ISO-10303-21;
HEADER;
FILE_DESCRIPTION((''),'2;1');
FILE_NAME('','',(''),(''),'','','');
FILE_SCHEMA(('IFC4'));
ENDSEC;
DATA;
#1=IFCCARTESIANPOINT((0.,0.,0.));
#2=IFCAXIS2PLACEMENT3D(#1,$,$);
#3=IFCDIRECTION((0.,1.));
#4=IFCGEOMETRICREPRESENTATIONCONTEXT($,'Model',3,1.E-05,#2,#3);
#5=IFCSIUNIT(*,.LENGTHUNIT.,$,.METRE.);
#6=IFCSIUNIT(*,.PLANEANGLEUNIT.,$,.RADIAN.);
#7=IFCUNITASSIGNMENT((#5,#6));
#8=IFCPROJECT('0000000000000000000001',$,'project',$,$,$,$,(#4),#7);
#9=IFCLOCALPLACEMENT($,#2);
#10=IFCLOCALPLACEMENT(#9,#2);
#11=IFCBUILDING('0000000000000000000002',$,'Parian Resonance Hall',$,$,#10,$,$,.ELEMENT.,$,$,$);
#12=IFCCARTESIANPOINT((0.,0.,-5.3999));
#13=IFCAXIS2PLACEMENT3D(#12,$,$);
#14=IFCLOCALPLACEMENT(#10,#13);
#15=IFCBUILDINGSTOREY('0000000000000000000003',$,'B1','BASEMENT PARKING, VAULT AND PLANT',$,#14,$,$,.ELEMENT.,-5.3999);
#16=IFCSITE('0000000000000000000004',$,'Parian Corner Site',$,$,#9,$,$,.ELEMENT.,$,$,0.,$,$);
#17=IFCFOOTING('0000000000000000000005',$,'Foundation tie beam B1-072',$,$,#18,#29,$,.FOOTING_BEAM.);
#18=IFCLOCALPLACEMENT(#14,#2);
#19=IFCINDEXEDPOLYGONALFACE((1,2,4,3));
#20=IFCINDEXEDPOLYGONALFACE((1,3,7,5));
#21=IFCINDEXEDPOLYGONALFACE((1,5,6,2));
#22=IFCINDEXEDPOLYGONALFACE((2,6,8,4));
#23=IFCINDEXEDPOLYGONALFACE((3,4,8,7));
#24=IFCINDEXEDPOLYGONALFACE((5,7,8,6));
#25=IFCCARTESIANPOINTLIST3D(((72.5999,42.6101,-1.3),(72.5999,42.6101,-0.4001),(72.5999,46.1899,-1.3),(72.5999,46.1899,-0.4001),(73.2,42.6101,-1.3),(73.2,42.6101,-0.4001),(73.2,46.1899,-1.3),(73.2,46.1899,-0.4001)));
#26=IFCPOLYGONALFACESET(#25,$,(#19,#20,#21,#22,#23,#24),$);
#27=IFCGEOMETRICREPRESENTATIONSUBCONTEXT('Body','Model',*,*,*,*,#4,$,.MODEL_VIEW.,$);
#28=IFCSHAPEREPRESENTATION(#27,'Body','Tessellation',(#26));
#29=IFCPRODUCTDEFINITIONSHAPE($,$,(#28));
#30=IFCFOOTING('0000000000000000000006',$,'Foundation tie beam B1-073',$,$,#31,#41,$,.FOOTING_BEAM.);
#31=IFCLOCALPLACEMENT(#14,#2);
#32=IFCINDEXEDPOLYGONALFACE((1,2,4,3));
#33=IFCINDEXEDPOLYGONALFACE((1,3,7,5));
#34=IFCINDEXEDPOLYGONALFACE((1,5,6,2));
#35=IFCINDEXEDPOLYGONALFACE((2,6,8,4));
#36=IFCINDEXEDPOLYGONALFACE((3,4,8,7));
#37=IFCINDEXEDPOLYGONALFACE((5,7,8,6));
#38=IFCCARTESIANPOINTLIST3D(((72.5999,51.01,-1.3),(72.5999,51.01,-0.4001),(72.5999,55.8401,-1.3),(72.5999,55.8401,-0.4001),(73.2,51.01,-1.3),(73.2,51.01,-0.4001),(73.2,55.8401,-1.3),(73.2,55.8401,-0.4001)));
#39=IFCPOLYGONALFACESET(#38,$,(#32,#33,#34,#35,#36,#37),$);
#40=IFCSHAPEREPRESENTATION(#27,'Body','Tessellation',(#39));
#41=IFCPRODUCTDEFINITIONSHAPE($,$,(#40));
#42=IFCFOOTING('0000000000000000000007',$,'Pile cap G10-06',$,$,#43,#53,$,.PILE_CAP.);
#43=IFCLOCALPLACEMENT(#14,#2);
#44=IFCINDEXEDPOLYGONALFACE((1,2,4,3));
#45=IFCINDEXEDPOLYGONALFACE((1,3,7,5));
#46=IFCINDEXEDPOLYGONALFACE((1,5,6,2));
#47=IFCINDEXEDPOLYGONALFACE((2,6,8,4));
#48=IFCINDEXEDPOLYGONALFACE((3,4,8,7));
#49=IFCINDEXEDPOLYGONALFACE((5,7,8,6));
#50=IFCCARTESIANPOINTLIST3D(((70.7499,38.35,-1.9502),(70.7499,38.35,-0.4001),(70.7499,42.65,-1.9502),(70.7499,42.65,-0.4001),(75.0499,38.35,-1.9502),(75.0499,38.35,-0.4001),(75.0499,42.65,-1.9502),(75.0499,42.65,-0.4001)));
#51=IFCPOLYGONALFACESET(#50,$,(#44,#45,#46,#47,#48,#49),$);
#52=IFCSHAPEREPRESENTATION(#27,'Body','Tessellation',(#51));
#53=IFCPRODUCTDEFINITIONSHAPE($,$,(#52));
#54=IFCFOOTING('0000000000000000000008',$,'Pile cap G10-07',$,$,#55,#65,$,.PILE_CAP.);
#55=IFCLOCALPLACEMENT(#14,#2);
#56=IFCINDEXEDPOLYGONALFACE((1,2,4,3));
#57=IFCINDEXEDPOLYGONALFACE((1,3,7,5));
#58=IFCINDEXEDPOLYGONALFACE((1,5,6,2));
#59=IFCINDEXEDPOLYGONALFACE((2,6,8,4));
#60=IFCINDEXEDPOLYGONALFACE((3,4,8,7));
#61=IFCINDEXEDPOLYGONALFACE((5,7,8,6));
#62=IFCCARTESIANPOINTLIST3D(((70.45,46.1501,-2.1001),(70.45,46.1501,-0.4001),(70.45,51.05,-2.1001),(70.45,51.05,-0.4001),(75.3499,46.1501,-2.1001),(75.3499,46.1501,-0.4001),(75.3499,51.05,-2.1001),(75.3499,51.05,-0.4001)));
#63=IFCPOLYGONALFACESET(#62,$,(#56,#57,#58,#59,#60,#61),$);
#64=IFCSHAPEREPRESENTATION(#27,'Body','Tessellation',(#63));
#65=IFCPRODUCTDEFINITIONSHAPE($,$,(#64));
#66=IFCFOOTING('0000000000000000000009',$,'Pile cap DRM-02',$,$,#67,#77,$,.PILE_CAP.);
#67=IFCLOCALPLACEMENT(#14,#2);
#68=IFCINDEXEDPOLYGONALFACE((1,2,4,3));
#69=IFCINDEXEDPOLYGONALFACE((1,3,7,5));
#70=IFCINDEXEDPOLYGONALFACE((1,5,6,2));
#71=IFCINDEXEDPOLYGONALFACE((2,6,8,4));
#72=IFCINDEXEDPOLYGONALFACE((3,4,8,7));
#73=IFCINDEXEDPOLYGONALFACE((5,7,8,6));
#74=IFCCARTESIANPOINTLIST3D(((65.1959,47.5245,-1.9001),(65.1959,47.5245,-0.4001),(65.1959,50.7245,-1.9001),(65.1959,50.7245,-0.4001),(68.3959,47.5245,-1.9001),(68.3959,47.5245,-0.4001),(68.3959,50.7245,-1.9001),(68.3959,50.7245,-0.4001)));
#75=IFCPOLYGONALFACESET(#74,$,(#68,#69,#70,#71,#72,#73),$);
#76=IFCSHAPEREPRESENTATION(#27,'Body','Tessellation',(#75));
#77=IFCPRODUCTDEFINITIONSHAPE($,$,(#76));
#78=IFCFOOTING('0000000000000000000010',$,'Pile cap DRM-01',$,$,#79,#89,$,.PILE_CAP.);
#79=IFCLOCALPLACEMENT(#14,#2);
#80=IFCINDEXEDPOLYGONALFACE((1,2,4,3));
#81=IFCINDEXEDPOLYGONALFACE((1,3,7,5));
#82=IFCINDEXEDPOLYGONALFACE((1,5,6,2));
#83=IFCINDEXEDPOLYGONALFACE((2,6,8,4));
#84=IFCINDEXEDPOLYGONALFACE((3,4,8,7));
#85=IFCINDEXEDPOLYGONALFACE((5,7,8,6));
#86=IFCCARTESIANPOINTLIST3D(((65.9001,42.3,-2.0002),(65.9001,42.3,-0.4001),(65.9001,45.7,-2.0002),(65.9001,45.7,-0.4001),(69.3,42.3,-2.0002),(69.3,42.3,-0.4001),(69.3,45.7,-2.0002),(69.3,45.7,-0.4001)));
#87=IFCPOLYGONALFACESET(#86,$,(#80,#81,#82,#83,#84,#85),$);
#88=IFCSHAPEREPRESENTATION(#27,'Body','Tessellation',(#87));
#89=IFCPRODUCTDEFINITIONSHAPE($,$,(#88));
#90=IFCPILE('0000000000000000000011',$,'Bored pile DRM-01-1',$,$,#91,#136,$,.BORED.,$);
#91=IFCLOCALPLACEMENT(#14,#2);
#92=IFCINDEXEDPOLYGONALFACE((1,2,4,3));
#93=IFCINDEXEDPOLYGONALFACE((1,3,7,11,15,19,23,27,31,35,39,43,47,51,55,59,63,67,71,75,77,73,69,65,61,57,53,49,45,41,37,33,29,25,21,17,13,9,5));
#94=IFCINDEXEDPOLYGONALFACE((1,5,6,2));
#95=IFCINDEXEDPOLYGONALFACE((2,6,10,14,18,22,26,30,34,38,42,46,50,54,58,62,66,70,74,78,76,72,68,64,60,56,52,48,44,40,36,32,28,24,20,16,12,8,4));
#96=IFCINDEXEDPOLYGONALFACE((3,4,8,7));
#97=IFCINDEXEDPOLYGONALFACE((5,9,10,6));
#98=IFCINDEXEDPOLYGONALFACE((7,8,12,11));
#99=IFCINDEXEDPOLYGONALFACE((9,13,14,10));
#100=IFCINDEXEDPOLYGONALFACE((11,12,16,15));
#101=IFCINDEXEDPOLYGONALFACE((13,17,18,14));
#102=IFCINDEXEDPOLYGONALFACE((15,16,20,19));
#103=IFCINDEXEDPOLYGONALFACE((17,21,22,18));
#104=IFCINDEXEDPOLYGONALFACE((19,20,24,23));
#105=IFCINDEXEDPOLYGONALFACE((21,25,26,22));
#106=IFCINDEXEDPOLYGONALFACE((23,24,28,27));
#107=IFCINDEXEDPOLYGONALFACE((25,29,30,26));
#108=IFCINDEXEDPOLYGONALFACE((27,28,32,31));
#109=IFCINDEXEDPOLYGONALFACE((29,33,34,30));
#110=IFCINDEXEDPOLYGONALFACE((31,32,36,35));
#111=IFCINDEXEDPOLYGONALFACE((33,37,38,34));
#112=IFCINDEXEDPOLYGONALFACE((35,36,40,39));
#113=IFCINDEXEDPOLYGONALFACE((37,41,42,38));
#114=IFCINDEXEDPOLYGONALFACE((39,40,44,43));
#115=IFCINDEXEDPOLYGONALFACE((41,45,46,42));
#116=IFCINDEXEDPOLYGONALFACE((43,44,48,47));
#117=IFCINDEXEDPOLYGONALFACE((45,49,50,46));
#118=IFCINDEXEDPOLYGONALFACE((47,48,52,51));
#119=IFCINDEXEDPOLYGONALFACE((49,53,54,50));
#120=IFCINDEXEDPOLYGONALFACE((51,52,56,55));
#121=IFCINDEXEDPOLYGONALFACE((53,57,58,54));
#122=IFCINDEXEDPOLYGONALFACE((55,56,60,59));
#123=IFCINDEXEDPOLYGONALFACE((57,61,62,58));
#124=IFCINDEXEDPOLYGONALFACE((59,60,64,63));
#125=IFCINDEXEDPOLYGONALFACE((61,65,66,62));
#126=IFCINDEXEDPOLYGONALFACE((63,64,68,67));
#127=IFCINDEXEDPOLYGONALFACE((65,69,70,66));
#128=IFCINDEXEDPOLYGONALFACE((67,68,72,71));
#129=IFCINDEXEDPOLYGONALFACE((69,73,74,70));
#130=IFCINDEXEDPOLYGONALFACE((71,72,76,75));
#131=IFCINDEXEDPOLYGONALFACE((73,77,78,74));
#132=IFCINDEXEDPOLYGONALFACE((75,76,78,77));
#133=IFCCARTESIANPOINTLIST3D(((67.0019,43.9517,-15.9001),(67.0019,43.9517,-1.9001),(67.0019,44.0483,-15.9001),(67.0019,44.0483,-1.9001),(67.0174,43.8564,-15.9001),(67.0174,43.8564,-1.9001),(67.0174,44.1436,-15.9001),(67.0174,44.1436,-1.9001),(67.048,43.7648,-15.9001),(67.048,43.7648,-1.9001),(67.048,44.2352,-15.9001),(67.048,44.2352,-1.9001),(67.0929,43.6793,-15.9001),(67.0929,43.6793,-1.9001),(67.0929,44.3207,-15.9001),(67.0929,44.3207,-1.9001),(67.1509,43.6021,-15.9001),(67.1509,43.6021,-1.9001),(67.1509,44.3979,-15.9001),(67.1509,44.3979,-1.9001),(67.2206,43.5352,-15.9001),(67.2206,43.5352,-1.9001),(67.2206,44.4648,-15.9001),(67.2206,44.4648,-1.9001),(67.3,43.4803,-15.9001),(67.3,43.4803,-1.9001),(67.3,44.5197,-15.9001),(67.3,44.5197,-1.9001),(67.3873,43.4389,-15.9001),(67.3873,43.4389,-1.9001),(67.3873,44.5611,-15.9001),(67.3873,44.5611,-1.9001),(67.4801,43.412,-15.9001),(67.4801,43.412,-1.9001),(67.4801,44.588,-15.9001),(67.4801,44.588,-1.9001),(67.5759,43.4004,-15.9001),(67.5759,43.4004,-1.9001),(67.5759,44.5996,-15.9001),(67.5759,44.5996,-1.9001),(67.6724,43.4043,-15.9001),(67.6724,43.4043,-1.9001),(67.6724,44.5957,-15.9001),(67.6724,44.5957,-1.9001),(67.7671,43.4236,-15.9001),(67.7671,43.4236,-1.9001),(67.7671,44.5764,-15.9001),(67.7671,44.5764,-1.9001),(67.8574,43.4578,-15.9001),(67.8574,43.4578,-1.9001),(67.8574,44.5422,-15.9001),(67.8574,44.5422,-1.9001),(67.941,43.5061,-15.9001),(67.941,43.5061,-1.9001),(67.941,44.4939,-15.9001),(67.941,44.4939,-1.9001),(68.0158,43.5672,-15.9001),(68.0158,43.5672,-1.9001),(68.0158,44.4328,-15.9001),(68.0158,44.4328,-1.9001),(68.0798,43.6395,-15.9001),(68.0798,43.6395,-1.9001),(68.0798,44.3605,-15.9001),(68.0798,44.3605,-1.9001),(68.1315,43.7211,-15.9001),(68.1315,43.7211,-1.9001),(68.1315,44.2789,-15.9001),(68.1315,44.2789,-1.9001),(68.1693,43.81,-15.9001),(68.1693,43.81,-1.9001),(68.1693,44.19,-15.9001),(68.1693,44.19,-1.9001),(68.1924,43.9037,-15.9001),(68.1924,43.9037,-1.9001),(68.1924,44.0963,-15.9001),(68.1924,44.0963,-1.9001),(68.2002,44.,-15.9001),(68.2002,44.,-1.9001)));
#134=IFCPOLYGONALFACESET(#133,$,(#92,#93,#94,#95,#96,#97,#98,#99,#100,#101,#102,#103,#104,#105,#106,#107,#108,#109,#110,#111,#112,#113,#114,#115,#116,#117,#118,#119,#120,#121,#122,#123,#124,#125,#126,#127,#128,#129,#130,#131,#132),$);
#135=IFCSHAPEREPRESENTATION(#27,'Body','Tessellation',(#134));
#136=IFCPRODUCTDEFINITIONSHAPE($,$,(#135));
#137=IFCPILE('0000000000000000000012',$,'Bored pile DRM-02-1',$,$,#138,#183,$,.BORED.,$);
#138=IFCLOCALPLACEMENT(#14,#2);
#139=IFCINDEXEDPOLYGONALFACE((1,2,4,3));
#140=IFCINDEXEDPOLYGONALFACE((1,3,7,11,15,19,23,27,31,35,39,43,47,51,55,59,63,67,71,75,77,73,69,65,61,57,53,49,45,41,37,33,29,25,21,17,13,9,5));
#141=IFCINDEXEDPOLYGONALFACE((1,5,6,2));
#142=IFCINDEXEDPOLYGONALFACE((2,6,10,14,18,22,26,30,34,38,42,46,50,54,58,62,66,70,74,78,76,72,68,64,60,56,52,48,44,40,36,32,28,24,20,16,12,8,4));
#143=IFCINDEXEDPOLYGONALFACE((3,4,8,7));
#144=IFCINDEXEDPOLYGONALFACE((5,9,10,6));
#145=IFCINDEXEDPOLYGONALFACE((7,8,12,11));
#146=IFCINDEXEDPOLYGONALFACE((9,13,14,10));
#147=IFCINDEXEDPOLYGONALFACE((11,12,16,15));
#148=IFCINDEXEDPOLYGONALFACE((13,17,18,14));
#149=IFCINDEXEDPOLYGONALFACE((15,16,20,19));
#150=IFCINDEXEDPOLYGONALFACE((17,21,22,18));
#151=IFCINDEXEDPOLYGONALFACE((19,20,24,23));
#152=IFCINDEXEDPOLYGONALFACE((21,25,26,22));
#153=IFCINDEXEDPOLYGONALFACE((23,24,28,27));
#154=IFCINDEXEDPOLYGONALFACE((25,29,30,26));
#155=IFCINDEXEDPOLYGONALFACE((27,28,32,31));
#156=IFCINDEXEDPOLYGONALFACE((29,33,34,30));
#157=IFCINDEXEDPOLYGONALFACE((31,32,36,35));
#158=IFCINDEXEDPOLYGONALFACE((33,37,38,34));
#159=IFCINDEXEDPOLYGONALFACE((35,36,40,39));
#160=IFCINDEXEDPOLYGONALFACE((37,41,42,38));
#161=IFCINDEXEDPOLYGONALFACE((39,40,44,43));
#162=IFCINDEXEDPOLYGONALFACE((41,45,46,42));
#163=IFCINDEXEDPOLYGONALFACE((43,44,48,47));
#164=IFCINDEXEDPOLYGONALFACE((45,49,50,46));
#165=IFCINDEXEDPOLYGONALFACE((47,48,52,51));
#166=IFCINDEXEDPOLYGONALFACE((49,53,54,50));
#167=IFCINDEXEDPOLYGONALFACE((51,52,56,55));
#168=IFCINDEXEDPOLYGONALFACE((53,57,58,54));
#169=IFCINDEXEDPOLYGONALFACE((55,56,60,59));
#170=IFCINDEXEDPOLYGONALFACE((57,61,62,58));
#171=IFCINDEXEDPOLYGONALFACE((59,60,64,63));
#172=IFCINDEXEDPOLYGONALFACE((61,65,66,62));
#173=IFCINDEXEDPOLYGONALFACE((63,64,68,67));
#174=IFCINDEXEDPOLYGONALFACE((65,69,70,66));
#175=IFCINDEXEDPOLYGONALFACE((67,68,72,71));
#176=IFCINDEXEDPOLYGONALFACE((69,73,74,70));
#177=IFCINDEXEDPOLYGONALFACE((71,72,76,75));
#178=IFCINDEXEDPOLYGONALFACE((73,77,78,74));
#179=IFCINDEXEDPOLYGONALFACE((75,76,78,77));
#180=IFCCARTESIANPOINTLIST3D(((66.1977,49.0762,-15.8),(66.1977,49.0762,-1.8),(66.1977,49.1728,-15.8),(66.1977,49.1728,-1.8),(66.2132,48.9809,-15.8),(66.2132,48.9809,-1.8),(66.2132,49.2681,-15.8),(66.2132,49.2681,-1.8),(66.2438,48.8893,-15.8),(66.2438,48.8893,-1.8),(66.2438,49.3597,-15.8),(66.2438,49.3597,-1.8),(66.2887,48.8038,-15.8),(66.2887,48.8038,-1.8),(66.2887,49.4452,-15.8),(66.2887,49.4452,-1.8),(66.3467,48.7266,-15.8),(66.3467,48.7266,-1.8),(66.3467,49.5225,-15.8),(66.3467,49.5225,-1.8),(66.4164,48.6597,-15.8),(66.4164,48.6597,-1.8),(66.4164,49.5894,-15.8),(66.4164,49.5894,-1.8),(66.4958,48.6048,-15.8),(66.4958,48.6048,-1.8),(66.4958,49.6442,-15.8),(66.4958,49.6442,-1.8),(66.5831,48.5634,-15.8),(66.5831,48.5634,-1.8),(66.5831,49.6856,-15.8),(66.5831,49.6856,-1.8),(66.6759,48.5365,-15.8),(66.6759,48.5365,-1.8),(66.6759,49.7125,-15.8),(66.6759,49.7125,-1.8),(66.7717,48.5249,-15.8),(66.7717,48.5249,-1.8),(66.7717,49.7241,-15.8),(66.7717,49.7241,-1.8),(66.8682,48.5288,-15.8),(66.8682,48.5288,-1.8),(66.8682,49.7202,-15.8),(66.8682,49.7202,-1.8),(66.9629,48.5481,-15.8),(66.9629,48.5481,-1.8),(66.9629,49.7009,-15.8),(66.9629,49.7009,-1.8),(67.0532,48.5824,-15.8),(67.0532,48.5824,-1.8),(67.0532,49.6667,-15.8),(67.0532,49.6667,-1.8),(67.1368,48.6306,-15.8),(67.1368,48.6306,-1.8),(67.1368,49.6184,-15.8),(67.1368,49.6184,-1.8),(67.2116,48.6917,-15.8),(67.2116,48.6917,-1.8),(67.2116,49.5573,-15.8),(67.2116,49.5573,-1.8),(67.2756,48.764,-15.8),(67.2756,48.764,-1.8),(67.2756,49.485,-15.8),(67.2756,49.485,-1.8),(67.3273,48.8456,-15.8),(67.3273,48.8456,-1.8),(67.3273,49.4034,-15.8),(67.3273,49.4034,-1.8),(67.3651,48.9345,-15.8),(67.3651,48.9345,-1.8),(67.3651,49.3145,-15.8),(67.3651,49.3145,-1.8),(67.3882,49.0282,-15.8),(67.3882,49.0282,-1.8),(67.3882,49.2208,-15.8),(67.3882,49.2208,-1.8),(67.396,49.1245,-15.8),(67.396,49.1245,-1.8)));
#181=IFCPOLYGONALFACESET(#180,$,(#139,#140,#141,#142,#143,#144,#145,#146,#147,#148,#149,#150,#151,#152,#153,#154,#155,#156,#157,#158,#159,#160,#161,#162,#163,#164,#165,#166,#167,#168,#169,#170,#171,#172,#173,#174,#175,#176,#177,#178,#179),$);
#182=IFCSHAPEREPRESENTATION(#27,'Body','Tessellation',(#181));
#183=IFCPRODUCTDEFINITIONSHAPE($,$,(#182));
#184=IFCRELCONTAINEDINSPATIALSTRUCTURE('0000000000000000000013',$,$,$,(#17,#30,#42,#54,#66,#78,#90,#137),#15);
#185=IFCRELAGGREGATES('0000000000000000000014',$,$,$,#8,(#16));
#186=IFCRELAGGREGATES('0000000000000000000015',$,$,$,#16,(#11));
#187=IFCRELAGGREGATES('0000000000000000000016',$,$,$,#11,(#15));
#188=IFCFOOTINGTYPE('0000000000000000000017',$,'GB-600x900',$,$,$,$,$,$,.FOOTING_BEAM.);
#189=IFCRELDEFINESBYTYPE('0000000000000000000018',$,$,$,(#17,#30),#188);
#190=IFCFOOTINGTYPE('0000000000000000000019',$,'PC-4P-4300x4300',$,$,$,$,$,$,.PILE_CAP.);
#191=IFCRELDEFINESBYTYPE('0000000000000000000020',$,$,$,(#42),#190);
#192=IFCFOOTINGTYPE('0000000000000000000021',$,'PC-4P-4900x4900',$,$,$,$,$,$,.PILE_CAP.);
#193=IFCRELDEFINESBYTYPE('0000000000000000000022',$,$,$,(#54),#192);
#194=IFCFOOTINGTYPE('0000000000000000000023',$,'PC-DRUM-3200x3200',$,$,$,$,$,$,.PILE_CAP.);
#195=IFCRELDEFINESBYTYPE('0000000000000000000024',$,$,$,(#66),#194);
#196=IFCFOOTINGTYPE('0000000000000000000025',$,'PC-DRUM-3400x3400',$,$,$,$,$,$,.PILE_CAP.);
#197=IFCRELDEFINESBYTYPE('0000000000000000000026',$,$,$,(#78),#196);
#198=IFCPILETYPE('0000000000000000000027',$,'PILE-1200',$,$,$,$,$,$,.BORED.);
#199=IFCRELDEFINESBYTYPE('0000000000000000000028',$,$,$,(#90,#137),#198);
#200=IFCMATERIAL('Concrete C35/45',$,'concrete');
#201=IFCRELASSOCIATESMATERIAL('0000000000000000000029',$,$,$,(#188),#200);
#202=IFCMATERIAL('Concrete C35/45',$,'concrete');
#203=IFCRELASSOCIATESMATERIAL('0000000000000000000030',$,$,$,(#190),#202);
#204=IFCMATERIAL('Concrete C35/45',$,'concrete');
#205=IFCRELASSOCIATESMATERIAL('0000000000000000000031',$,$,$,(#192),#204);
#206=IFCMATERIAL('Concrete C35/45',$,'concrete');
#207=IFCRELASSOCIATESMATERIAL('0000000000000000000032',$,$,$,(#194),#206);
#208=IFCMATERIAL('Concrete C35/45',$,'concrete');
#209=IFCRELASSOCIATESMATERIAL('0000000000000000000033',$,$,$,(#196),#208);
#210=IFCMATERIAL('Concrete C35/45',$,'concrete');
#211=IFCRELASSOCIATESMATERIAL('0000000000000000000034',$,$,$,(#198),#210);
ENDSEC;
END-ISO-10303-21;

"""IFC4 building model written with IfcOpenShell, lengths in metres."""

from ifc_helpers import new_model, si_unit, direction, frame, origin, origin_2d, place, context, subcontext, project, spatial, rectangle, circle, extrude, material, material_profile, profile_set, type_object, element, save


model = new_model("IFC4")

# Units and contexts
model_context = context("Model", 3, precision=1e-05, world=origin(), true_north=direction((0.0, 1.0)))
body_context = subcontext(model_context, "Body", "Model", "MODEL_VIEW")
ifc_project = project(units=[si_unit("LENGTHUNIT", "METRE"), si_unit("PLANEANGLEUNIT", "RADIAN")], contexts=[model_context])

# Site, building, storey
site_placement = place(None, origin())
site = spatial("IfcSite", under=ifc_project, at=site_placement, Name="Parian Corner Site", CompositionType="ELEMENT", RefElevation=0.0)
building_placement = place(site_placement, origin())
building = spatial("IfcBuilding", under=site, at=building_placement, Name="Parian Resonance Hall", CompositionType="ELEMENT")
storey_placement = place(building_placement, frame((0.0, 0.0, -5.3999)))
storey = spatial("IfcBuildingStorey", under=building, at=storey_placement, Name="B1", Description="BASEMENT PARKING, VAULT AND PLANT", CompositionType="ELEMENT", Elevation=-5.3999)

# Footings
ifc_material_1 = material(Name="Concrete C35/45", Category="concrete")
ifc_material_profile_1 = material_profile(ifc_material_1, rectangle(XDim=0.6001, YDim=0.8999, at=origin_2d()), Name="RC-GB-600x900")
ifc_profile_set_1 = profile_set([ifc_material_profile_1], Name="Concrete C35/45")
footing_type_1 = type_object("IfcFootingType", Name="GB-600x900", PredefinedType="FOOTING_BEAM", material=ifc_profile_set_1)
footing_1_placement = place(storey_placement, frame((72.8999, 42.6101, -0.8501), z_axis=(0.0, 1.0, 0.0), x_axis=(-1.0, 0.0, 0.0)))
element("IfcFooting", 1, at=footing_1_placement, inside=storey, type_object=footing_type_1, Name="Foundation tie beam B1-072", PredefinedType="FOOTING_BEAM", context=body_context, shape_type="SweptSolid", body=[
    extrude(rectangle(XDim=0.6001, YDim=0.8999, at=origin_2d()), origin(), (0.0, 0.0, 1.0), 3.5798),
])
footing_2_placement = place(storey_placement, frame((72.8999, 51.01, -0.8501), z_axis=(0.0, 1.0, 0.0), x_axis=(-1.0, 0.0, 0.0)))
element("IfcFooting", 2, at=footing_2_placement, inside=storey, type_object=footing_type_1, Name="Foundation tie beam B1-073", PredefinedType="FOOTING_BEAM", context=body_context, shape_type="SweptSolid", body=[
    extrude(rectangle(XDim=0.6001, YDim=0.8999, at=origin_2d()), origin(), (0.0, 0.0, 1.0), 4.8301),
])
ifc_material_2 = material(Name="Concrete C35/45", Category="concrete")
footing_type_2 = type_object("IfcFootingType", Name="PC-4P-4300x4300", PredefinedType="PILE_CAP", material=ifc_material_2)
footing_3_placement = place(storey_placement, frame((72.8999, 40.5, -1.9502), z_axis=(0.0, 0.0, 1.0), x_axis=(1.0, 0.0, 0.0)))
element("IfcFooting", 3, at=footing_3_placement, inside=storey, type_object=footing_type_2, Name="Pile cap G10-06", PredefinedType="PILE_CAP", context=body_context, shape_type="SweptSolid", body=[
    extrude(rectangle(XDim=4.3, YDim=4.3, at=origin_2d()), origin(), (0.0, 0.0, 1.0), 1.55),
])
ifc_material_3 = material(Name="Concrete C35/45", Category="concrete")
footing_type_3 = type_object("IfcFootingType", Name="PC-4P-4900x4900", PredefinedType="PILE_CAP", material=ifc_material_3)
footing_4_placement = place(storey_placement, frame((72.8999, 48.6001, -2.1001), z_axis=(0.0, 0.0, 1.0), x_axis=(1.0, 0.0, 0.0)))
element("IfcFooting", 4, at=footing_4_placement, inside=storey, type_object=footing_type_3, Name="Pile cap G10-07", PredefinedType="PILE_CAP", context=body_context, shape_type="SweptSolid", body=[
    extrude(rectangle(XDim=4.8999, YDim=4.8999, at=origin_2d()), origin(), (0.0, 0.0, 1.0), 1.7),
])
ifc_material_4 = material(Name="Concrete C35/45", Category="concrete")
footing_type_4 = type_object("IfcFootingType", Name="PC-DRUM-3200x3200", PredefinedType="PILE_CAP", material=ifc_material_4)
footing_5_placement = place(storey_placement, frame((66.7959, 49.1245, -1.9001), z_axis=(0.0, 0.0, 1.0), x_axis=(1.0, 0.0, 0.0)))
element("IfcFooting", 5, at=footing_5_placement, inside=storey, type_object=footing_type_4, Name="Pile cap DRM-02", PredefinedType="PILE_CAP", context=body_context, shape_type="SweptSolid", body=[
    extrude(rectangle(XDim=3.2, YDim=3.2, at=origin_2d()), origin(), (0.0, 0.0, 1.0), 1.5),
])
ifc_material_5 = material(Name="Concrete C35/45", Category="concrete")
footing_type_5 = type_object("IfcFootingType", Name="PC-DRUM-3400x3400", PredefinedType="PILE_CAP", material=ifc_material_5)
footing_6_placement = place(storey_placement, frame((67.6001, 44.0, -2.0002), z_axis=(0.0, 0.0, 1.0), x_axis=(1.0, 0.0, 0.0)))
element("IfcFooting", 6, at=footing_6_placement, inside=storey, type_object=footing_type_5, Name="Pile cap DRM-01", PredefinedType="PILE_CAP", context=body_context, shape_type="SweptSolid", body=[
    extrude(rectangle(XDim=3.3999, YDim=3.3999, at=origin_2d()), origin(), (0.0, 0.0, 1.0), 1.6001),
])

# Piles
ifc_material_6 = material(Name="Concrete C35/45", Category="concrete")
ifc_material_profile_2 = material_profile(ifc_material_6, circle(Radius=0.6001, at=origin_2d()), Name="PILE-D1200")
ifc_profile_set_2 = profile_set([ifc_material_profile_2], Name="Concrete C35/45")
pile_type_1 = type_object("IfcPileType", Name="PILE-1200", PredefinedType="BORED", material=ifc_profile_set_2)
for number, where, z_axis, x_axis, name in (
    (7, (67.6001, 44.0, -1.9001), (0.0, 0.0, -1.0), (1.0, 0.0, 0.0), "Bored pile DRM-01-1"),
    (8, (66.7959, 49.1245, -1.8), (0.0, 0.0, -1.0), (1.0, 0.0, 0.0), "Bored pile DRM-02-1"),
):
    element("IfcPile", number, at=place(storey_placement, frame(where, z_axis=z_axis, x_axis=x_axis)), inside=storey, type_object=pile_type_1, Name=name, PredefinedType="BORED", context=body_context, shape_type="SweptSolid", body=[
        extrude(circle(Radius=0.6001, at=origin_2d()), origin(), (0.0, 0.0, 1.0), 14.0),
    ])

save(model, "model.ifc")
